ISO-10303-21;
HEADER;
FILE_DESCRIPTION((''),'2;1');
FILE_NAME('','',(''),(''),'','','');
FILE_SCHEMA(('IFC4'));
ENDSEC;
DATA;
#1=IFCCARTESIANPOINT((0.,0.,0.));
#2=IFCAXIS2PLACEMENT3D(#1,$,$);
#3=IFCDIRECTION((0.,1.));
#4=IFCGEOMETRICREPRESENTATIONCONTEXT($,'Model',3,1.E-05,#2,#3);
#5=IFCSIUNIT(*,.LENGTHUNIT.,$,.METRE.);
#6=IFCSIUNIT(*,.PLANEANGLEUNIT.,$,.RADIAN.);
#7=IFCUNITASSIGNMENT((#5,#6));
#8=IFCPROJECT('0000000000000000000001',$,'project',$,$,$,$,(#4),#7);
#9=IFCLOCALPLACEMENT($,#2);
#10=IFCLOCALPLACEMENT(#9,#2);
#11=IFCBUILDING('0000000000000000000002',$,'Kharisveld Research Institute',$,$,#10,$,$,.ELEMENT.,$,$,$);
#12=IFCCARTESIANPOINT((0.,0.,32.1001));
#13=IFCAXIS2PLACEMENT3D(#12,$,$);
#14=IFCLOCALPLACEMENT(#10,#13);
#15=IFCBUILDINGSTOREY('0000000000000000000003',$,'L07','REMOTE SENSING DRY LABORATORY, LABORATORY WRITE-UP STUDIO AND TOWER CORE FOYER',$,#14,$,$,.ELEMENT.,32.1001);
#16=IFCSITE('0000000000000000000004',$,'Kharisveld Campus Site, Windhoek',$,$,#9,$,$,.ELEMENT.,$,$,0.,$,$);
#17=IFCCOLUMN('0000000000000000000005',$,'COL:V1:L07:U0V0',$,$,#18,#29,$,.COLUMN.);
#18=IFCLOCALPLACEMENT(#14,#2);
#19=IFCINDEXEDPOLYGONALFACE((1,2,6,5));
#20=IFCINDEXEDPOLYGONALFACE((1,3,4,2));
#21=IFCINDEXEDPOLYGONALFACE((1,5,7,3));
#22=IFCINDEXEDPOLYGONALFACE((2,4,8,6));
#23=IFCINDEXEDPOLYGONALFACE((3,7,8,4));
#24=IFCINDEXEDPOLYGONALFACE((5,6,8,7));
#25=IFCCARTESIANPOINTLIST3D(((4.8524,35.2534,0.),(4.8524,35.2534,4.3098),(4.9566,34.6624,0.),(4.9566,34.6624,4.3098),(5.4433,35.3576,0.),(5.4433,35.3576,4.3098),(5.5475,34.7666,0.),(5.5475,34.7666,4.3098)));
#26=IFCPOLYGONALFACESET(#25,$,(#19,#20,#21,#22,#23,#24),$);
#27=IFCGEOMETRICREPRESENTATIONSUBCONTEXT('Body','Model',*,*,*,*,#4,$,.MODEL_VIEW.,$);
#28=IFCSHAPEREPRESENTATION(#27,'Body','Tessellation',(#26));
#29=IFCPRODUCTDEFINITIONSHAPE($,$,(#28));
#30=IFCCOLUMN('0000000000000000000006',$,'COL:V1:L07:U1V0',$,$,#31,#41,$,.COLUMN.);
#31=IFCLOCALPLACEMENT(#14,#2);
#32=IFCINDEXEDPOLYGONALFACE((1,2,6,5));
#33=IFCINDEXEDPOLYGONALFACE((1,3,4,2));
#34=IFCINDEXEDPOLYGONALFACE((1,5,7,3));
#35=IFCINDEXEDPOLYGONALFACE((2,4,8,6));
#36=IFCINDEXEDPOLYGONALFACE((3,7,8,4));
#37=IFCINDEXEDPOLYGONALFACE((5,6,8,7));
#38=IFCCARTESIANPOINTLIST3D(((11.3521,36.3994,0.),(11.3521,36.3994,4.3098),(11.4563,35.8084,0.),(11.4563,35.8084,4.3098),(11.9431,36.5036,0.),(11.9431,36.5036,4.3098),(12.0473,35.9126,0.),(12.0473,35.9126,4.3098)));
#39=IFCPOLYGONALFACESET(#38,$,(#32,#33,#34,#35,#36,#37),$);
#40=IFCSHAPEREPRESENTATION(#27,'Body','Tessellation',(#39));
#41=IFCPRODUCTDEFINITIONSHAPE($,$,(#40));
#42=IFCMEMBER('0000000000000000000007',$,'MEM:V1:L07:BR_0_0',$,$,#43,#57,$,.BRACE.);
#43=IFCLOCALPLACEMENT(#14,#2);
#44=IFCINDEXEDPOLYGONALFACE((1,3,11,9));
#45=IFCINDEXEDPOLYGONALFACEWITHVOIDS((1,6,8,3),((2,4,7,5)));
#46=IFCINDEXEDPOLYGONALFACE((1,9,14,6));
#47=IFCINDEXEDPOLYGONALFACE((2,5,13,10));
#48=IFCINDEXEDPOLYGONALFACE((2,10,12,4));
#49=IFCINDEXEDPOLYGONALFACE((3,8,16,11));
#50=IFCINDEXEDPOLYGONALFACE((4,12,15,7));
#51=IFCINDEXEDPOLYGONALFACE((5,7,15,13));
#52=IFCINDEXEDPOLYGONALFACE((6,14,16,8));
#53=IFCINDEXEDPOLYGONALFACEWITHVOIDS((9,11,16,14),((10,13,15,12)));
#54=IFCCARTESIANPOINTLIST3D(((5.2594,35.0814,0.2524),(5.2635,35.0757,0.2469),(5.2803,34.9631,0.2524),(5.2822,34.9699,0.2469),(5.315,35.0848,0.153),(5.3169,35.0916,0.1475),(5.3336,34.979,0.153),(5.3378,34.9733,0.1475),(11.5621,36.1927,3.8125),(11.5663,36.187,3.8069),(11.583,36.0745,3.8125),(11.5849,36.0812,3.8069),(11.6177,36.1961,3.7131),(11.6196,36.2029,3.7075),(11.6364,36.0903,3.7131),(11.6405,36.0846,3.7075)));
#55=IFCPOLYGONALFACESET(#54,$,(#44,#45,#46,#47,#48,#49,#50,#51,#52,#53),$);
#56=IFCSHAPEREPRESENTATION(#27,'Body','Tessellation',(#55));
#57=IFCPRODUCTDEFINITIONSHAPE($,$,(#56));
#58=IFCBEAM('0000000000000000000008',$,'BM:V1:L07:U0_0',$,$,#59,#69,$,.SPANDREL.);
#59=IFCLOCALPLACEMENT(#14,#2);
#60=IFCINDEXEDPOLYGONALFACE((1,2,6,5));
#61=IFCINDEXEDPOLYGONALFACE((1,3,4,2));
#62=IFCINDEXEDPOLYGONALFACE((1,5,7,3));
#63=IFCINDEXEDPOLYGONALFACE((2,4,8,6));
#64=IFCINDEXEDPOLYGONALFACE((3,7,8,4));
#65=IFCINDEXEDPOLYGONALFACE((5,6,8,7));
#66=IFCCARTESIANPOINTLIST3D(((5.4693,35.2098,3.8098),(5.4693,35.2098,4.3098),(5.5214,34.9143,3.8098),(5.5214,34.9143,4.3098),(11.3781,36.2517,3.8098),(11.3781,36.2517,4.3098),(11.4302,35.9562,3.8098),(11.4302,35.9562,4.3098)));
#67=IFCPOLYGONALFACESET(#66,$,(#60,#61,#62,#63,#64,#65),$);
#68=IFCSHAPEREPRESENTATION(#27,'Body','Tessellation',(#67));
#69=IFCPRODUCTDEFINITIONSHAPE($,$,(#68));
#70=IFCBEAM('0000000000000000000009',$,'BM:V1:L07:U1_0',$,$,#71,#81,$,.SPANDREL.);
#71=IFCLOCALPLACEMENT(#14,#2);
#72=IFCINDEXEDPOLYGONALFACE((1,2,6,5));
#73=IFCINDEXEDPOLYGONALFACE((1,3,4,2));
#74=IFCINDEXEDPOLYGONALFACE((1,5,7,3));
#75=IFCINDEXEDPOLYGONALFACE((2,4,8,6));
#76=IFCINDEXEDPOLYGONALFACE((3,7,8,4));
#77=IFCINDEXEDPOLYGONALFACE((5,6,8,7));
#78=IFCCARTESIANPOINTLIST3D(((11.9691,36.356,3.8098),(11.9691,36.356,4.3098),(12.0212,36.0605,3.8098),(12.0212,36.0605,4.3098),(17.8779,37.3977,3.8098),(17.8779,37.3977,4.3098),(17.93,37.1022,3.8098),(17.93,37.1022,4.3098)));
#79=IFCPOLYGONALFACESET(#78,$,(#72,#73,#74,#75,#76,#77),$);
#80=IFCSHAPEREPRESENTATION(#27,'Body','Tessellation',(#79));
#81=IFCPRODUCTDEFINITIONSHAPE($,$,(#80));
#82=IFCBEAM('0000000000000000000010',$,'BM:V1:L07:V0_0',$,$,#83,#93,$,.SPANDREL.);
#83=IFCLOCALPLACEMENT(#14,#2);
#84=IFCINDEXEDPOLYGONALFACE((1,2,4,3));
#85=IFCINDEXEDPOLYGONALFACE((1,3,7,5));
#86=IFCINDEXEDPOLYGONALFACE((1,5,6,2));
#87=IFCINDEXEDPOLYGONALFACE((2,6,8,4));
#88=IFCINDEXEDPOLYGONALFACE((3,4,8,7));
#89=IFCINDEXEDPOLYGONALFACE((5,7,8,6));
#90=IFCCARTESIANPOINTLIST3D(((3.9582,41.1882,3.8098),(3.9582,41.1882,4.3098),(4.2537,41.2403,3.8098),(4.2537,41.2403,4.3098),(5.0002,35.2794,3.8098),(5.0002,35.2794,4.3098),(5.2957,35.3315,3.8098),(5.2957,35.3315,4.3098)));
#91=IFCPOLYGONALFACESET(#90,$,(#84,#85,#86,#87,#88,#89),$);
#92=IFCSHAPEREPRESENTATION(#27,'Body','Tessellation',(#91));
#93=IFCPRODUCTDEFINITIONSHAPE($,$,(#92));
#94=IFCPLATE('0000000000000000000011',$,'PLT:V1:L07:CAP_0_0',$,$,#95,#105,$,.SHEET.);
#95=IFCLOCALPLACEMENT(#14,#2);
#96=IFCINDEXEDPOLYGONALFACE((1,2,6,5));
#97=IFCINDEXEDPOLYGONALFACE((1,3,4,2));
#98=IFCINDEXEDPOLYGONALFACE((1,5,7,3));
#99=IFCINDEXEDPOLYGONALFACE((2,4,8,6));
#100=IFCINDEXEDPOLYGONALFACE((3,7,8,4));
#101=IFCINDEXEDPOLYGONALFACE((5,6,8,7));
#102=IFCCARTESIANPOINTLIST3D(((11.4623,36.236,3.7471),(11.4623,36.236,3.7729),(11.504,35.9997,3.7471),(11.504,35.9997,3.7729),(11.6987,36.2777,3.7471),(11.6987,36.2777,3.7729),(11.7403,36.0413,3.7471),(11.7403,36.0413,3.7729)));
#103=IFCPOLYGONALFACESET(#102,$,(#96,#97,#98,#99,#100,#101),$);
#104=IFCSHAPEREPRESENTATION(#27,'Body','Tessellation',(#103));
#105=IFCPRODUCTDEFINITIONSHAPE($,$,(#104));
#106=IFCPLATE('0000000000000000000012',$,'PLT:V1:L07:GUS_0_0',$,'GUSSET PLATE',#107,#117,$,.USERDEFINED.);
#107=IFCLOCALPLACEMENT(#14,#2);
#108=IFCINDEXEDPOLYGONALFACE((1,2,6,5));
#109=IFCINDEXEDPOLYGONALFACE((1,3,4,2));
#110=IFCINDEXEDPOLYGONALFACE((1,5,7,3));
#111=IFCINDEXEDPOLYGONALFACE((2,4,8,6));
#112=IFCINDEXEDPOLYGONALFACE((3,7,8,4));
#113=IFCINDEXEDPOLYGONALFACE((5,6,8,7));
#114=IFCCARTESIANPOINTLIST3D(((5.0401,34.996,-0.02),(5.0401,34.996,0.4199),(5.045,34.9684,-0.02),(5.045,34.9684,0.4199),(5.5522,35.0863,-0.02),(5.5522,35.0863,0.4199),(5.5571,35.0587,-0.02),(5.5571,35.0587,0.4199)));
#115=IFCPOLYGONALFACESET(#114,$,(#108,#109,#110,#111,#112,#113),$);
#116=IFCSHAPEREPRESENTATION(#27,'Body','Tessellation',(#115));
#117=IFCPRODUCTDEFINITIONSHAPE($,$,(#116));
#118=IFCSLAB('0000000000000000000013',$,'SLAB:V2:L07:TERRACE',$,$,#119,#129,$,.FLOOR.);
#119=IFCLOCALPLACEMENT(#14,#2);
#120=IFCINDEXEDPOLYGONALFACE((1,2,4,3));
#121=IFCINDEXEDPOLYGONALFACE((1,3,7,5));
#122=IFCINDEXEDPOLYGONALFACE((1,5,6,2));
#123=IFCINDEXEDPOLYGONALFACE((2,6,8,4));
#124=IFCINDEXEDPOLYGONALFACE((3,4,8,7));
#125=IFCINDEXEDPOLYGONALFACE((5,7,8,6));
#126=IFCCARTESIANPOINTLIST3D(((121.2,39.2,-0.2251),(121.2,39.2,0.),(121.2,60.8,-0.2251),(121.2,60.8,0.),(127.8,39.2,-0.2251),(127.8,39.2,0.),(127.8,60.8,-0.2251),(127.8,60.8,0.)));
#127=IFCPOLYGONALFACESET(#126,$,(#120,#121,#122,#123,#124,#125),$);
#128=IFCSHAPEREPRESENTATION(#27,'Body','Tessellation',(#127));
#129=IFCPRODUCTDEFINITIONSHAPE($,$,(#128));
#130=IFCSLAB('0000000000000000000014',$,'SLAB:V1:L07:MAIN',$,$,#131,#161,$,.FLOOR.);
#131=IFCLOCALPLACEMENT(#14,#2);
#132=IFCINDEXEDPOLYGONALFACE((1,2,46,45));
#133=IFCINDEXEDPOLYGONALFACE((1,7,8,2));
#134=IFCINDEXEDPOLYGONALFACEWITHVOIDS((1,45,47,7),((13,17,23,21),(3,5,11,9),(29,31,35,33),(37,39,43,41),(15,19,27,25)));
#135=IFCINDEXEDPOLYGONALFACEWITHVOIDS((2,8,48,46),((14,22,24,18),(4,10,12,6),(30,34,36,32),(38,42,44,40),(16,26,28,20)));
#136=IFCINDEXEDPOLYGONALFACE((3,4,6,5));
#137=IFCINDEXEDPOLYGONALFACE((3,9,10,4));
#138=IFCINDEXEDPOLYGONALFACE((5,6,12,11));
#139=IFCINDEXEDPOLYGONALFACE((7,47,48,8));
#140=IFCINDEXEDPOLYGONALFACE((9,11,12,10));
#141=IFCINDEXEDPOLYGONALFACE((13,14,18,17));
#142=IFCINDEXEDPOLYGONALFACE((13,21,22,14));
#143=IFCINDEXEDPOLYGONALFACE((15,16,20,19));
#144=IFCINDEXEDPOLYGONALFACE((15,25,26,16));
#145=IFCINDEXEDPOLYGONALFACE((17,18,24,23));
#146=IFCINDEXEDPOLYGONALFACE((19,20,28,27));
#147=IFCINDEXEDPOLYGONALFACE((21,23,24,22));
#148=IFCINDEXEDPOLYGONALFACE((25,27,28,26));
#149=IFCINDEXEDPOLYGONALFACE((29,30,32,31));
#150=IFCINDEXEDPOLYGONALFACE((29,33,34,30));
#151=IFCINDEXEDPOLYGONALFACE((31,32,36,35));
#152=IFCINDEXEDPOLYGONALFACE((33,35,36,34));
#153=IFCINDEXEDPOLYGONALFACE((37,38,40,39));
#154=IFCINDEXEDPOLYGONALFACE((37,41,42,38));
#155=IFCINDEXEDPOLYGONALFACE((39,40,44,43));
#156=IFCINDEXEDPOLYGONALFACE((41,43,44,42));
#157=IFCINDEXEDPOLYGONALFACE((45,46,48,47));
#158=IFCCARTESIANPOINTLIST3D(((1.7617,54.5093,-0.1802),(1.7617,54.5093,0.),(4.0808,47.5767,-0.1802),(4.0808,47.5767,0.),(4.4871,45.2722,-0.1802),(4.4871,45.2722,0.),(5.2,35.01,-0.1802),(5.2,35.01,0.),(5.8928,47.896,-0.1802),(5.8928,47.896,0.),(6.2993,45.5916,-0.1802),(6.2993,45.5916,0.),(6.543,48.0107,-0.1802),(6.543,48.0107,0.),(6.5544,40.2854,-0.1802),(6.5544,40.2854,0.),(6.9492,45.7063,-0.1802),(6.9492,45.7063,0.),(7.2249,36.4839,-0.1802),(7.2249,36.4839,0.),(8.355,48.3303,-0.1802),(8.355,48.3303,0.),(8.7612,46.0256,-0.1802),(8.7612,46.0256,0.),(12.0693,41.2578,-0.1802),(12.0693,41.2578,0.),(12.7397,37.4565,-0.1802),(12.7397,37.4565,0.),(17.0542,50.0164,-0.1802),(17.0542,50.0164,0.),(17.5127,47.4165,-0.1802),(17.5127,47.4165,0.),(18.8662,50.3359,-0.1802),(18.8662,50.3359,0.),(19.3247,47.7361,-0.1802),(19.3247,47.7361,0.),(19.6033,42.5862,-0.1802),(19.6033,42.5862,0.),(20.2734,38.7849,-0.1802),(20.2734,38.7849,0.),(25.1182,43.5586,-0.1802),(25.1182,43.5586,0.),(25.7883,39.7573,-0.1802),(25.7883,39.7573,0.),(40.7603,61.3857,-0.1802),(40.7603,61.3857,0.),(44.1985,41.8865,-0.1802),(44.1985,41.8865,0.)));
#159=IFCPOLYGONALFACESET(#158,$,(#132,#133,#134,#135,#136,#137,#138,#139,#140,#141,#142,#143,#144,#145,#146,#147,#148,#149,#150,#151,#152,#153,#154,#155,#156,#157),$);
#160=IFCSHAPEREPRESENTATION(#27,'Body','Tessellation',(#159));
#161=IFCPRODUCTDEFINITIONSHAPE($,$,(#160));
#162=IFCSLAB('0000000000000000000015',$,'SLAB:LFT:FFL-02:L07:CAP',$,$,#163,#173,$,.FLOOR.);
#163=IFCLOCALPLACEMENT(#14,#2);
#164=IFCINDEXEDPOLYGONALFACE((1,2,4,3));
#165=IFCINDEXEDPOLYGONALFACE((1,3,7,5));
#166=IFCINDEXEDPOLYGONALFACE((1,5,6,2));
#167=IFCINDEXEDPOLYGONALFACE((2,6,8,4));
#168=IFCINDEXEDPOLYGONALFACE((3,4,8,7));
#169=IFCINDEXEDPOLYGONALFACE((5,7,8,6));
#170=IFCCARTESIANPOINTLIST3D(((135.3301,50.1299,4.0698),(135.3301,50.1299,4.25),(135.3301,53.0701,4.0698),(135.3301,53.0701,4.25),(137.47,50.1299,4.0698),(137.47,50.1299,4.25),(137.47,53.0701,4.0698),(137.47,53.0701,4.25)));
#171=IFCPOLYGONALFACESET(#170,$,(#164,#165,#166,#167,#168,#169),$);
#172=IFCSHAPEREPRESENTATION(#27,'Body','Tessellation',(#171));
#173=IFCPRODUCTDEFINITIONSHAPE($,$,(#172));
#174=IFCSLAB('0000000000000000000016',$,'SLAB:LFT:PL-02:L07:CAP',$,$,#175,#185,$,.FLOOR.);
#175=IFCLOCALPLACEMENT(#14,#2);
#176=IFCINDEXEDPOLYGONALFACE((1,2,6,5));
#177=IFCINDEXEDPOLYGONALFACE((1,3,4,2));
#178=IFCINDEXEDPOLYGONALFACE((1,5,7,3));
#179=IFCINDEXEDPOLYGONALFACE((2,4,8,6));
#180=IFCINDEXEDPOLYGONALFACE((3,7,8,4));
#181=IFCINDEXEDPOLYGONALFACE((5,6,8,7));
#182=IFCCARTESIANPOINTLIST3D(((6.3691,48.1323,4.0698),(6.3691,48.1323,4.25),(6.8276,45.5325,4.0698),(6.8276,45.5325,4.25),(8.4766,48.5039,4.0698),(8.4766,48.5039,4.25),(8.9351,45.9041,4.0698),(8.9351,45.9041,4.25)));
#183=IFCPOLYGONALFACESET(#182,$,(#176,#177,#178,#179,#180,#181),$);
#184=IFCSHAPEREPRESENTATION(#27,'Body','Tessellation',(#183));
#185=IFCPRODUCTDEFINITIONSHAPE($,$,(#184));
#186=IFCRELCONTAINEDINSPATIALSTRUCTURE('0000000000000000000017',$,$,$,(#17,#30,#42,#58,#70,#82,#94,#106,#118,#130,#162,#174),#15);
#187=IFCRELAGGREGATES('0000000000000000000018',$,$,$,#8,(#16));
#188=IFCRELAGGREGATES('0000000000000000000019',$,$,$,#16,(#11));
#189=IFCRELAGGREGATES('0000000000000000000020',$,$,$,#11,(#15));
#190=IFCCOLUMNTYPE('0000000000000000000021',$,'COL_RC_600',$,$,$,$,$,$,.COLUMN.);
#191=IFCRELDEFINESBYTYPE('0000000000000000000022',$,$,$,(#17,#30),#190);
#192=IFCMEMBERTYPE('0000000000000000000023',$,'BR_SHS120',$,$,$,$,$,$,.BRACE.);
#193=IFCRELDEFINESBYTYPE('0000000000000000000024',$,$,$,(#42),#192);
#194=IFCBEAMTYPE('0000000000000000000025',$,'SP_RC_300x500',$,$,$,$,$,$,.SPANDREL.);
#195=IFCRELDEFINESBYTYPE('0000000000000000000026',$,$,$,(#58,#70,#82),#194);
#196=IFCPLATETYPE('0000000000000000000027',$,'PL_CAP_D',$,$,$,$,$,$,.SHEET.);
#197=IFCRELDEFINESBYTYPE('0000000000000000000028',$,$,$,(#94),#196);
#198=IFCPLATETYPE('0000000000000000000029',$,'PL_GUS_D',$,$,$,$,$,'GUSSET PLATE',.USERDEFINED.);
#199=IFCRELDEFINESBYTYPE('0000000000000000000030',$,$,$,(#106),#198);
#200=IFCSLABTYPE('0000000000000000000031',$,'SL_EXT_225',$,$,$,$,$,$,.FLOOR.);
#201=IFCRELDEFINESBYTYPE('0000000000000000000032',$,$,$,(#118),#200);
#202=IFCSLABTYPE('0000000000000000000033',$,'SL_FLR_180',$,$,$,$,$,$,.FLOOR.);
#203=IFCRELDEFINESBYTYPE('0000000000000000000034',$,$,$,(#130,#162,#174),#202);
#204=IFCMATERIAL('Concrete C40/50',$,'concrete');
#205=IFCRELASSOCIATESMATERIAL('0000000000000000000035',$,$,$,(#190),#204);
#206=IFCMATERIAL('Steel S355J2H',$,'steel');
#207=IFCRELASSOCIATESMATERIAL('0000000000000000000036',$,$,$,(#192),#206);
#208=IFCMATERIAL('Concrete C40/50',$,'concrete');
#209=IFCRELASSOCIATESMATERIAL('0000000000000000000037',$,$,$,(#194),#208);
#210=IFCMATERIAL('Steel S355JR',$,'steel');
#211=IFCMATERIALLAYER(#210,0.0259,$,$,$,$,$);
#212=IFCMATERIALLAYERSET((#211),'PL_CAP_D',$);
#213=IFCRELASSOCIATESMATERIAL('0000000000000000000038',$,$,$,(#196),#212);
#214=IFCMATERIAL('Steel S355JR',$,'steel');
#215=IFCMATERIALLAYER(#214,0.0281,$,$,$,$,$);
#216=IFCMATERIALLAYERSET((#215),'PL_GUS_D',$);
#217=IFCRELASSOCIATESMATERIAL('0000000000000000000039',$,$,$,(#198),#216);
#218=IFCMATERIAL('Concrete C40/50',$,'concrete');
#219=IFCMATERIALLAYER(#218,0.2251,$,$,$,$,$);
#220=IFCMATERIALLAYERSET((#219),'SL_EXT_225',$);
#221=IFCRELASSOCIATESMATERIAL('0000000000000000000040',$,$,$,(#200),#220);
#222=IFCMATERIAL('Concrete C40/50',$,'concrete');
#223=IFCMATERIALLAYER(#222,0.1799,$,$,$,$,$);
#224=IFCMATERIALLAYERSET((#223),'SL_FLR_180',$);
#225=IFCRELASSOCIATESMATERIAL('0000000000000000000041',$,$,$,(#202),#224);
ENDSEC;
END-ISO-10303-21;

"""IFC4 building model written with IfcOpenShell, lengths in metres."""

from ifc_helpers import new_model, si_unit, direction, frame, origin, origin_2d, place, context, subcontext, project, spatial, polyline, rectangle, hollow_rectangle, outline, extrude, material, layer, layer_set, material_profile, profile_set, type_object, element, save


model = new_model("IFC4")

# Units and contexts
model_context = context("Model", 3, precision=1e-05, world=origin(), true_north=direction((0.0, 1.0)))
body_context = subcontext(model_context, "Body", "Model", "MODEL_VIEW")
ifc_project = project(units=[si_unit("LENGTHUNIT", "METRE"), si_unit("PLANEANGLEUNIT", "RADIAN")], contexts=[model_context])

# Site, building, storey
site_placement = place(None, origin())
site = spatial("IfcSite", under=ifc_project, at=site_placement, Name="Kharisveld Campus Site, Windhoek", CompositionType="ELEMENT", RefElevation=0.0)
building_placement = place(site_placement, origin())
building = spatial("IfcBuilding", under=site, at=building_placement, Name="Kharisveld Research Institute", CompositionType="ELEMENT")
storey_placement = place(building_placement, frame((0.0, 0.0, 32.1001)))
storey = spatial("IfcBuildingStorey", under=building, at=storey_placement, Name="L07", Description="REMOTE SENSING DRY LABORATORY, LABORATORY WRITE-UP STUDIO AND TOWER CORE FOYER", CompositionType="ELEMENT", Elevation=32.1001)

# Columns
ifc_material_1 = material(Name="Concrete C40/50", Category="concrete")
ifc_material_profile_1 = material_profile(ifc_material_1, rectangle(XDim=0.6001, YDim=0.6001, at=origin_2d()))
ifc_profile_set_1 = profile_set([ifc_material_profile_1], Name="Concrete C40/50")
column_type = type_object("IfcColumnType", Name="COL_RC_600", PredefinedType="COLUMN", material=ifc_profile_set_1)
for number, where, z_axis, x_axis, name in (
    (1, (5.2, 35.01, 0.0), (0.0, 0.0, 1.0), (0.984808, 0.173648, 0.0), "COL:V1:L07:U0V0"),
    (2, (11.6997, 36.156, 0.0), (0.0, 0.0, 1.0), (0.984808, 0.173648, 0.0), "COL:V1:L07:U1V0"),
):
    element("IfcColumn", number, at=place(storey_placement, frame(where, z_axis=z_axis, x_axis=x_axis)), inside=storey, type_object=column_type, Name=name, PredefinedType="COLUMN", context=body_context, shape_type="SweptSolid", body=[
        extrude(rectangle(XDim=0.6001, YDim=0.6001, at=origin_2d()), origin(), (0.0, 0.0, 1.0), 4.3098),
    ])

# Member
ifc_material_2 = material(Name="Steel S355J2H", Category="steel")
ifc_material_profile_2 = material_profile(ifc_material_2, hollow_rectangle(XDim=0.1201, YDim=0.1201, WallThickness=0.0063, at=origin_2d()))
ifc_profile_set_2 = profile_set([ifc_material_profile_2], Name="Steel S355J2H")
member_type = type_object("IfcMemberType", Name="BR_SHS120", PredefinedType="BRACE", material=ifc_profile_set_2)
member_placement = place(storey_placement, frame((5.2986, 35.0273, 0.2), z_axis=(0.860619, 0.151748, 0.486115), x_axis=(-0.173646, 0.984808, 0.0)))
element("IfcMember", 3, at=member_placement, inside=storey, type_object=member_type, Name="MEM:V1:L07:BR_0_0", PredefinedType="BRACE", context=body_context, shape_type="SweptSolid", body=[
    extrude(hollow_rectangle(XDim=0.1201, YDim=0.1201, WallThickness=0.0063, at=origin_2d()), origin(), (0.0, 0.0, 1.0), 7.3235),
])

# Beams
ifc_material_3 = material(Name="Concrete C40/50", Category="concrete")
ifc_material_profile_3 = material_profile(ifc_material_3, rectangle(XDim=0.3, YDim=0.5, at=origin_2d()))
ifc_profile_set_3 = profile_set([ifc_material_profile_3], Name="Concrete C40/50")
beam_type = type_object("IfcBeamType", Name="SP_RC_300x500", PredefinedType="SPANDREL", material=ifc_profile_set_3)
for number, where, z_axis, x_axis, name in (
    (4, (5.4954, 35.062, 4.0598), (0.984805, 0.173662, 0.0), (-0.173662, 0.984805, 0.0), "BM:V1:L07:U0_0"),
    (5, (11.9951, 36.2083, 4.0598), (0.984812, 0.173623, 0.0), (-0.173623, 0.984812, 0.0), "BM:V1:L07:U1_0"),
    (6, (5.1479, 35.3054, 4.0598), (-0.173662, 0.984805, 0.0), (-0.984805, -0.173662, 0.0), "BM:V1:L07:V0_0"),
):
    element("IfcBeam", number, at=place(storey_placement, frame(where, z_axis=z_axis, x_axis=x_axis)), inside=storey, type_object=beam_type, Name=name, PredefinedType="SPANDREL", context=body_context, shape_type="SweptSolid", body=[
        extrude(rectangle(XDim=0.3, YDim=0.5, at=origin_2d()), origin(), (0.0, 0.0, 1.0), 6.0),
    ])

# Plates
ifc_material_4 = material(Name="Steel S355JR", Category="steel")
ifc_layer_1 = layer(ifc_material_4, 0.0259)
ifc_layer_set_1 = layer_set([ifc_layer_1], Name="PL_CAP_D")
plate_type_1 = type_object("IfcPlateType", Name="PL_CAP_D", PredefinedType="SHEET", material=ifc_layer_set_1)
plate_1_placement = place(storey_placement, frame((11.6013, 36.1387, 3.7471), z_axis=(0.0, 0.0, 1.0), x_axis=(0.984808, 0.173648, 0.0)))
element("IfcPlate", 7, at=plate_1_placement, inside=storey, type_object=plate_type_1, Name="PLT:V1:L07:CAP_0_0", PredefinedType="SHEET", context=body_context, shape_type="SweptSolid", body=[
    extrude(rectangle(XDim=0.24, YDim=0.24, at=origin_2d()), origin(), (0.0, 0.0, 1.0), 0.0259),
])
ifc_material_5 = material(Name="Steel S355JR", Category="steel")
ifc_layer_2 = layer(ifc_material_5, 0.0281)
ifc_layer_set_2 = layer_set([ifc_layer_2], Name="PL_GUS_D")
plate_type_2 = type_object("IfcPlateType", Name="PL_GUS_D", ElementType="GUSSET PLATE", PredefinedType="USERDEFINED", material=ifc_layer_set_2)
plate_2_placement = place(storey_placement, frame((5.2986, 35.0273, -0.02), z_axis=(0.0, 0.0, 1.0), x_axis=(0.984808, 0.173648, 0.0)))
element("IfcPlate", 8, at=plate_2_placement, inside=storey, type_object=plate_type_2, Name="PLT:V1:L07:GUS_0_0", ObjectType="GUSSET PLATE", PredefinedType="USERDEFINED", context=body_context, shape_type="SweptSolid", body=[
    extrude(rectangle(XDim=0.52, YDim=0.0281, at=origin_2d()), origin(), (0.0, 0.0, 1.0), 0.4399),
])

# Slabs
ifc_material_6 = material(Name="Concrete C40/50", Category="concrete")
ifc_layer_3 = layer(ifc_material_6, 0.2251)
ifc_layer_set_3 = layer_set([ifc_layer_3], Name="SL_EXT_225")
slab_type_1 = type_object("IfcSlabType", Name="SL_EXT_225", PredefinedType="FLOOR", material=ifc_layer_set_3)
slab_1_placement = place(storey_placement, frame((0.0, 0.0, -0.2251)))
element("IfcSlab", 9, at=slab_1_placement, inside=storey, type_object=slab_type_1, Name="SLAB:V2:L07:TERRACE", PredefinedType="FLOOR", context=body_context, shape_type="SweptSolid", body=[
    extrude(outline(polyline([(121.2, 39.2), (127.8, 39.2), (127.8, 60.8), (121.2, 60.8), (121.2, 39.2)])), origin(), (0.0, 0.0, 1.0), 0.2251),
])
ifc_material_7 = material(Name="Concrete C40/50", Category="concrete")
ifc_layer_4 = layer(ifc_material_7, 0.1799)
ifc_layer_set_4 = layer_set([ifc_layer_4], Name="SL_FLR_180")
slab_type_2 = type_object("IfcSlabType", Name="SL_FLR_180", PredefinedType="FLOOR", material=ifc_layer_set_4)
slab_2_placement = place(storey_placement, frame((0.0, 0.0, -0.1802)))
element("IfcSlab", 10, at=slab_2_placement, inside=storey, type_object=slab_type_2, Name="SLAB:V1:L07:MAIN", PredefinedType="FLOOR", context=body_context, shape_type="SweptSolid", body=[
    extrude(outline(polyline([(5.2, 35.01), (44.1985, 41.8865), (40.7603, 61.3857), (1.7617, 54.5093), (5.2, 35.01)]), holes=[polyline([(12.7397, 37.4565), (7.2249, 36.4839), (6.5544, 40.2854), (12.0693, 41.2578), (12.7397, 37.4565)]), polyline([(25.7883, 39.7573), (20.2734, 38.7849), (19.6033, 42.5862), (25.1182, 43.5586), (25.7883, 39.7573)]), polyline([(6.2993, 45.5916), (4.4871, 45.2722), (4.0808, 47.5767), (5.8928, 47.896), (6.2993, 45.5916)]), polyline([(6.9492, 45.7063), (6.543, 48.0107), (8.355, 48.3303), (8.7612, 46.0256), (6.9492, 45.7063)]), polyline([(17.5127, 47.4165), (17.0542, 50.0164), (18.8662, 50.3359), (19.3247, 47.7361), (17.5127, 47.4165)])]), origin(), (0.0, 0.0, 1.0), 0.1802),
])
slab_3_placement = place(storey_placement, frame((0.0, 0.0, 4.0698)))
element("IfcSlab", 11, at=slab_3_placement, inside=storey, type_object=slab_type_2, Name="SLAB:LFT:FFL-02:L07:CAP", PredefinedType="FLOOR", context=body_context, shape_type="SweptSolid", body=[
    extrude(outline(polyline([(135.3301, 50.1299), (137.47, 50.1299), (137.47, 53.0701), (135.3301, 53.0701), (135.3301, 50.1299)])), origin(), (0.0, 0.0, 1.0), 0.1802),
])
slab_4_placement = place(storey_placement, frame((0.0, 0.0, 4.0698)))
element("IfcSlab", 12, at=slab_4_placement, inside=storey, type_object=slab_type_2, Name="SLAB:LFT:PL-02:L07:CAP", PredefinedType="FLOOR", context=body_context, shape_type="SweptSolid", body=[
    extrude(outline(polyline([(6.8276, 45.5325), (8.9351, 45.9041), (8.4766, 48.5039), (6.3691, 48.1323), (6.8276, 45.5325)])), origin(), (0.0, 0.0, 1.0), 0.1802),
])

save(model, "model.ifc")
